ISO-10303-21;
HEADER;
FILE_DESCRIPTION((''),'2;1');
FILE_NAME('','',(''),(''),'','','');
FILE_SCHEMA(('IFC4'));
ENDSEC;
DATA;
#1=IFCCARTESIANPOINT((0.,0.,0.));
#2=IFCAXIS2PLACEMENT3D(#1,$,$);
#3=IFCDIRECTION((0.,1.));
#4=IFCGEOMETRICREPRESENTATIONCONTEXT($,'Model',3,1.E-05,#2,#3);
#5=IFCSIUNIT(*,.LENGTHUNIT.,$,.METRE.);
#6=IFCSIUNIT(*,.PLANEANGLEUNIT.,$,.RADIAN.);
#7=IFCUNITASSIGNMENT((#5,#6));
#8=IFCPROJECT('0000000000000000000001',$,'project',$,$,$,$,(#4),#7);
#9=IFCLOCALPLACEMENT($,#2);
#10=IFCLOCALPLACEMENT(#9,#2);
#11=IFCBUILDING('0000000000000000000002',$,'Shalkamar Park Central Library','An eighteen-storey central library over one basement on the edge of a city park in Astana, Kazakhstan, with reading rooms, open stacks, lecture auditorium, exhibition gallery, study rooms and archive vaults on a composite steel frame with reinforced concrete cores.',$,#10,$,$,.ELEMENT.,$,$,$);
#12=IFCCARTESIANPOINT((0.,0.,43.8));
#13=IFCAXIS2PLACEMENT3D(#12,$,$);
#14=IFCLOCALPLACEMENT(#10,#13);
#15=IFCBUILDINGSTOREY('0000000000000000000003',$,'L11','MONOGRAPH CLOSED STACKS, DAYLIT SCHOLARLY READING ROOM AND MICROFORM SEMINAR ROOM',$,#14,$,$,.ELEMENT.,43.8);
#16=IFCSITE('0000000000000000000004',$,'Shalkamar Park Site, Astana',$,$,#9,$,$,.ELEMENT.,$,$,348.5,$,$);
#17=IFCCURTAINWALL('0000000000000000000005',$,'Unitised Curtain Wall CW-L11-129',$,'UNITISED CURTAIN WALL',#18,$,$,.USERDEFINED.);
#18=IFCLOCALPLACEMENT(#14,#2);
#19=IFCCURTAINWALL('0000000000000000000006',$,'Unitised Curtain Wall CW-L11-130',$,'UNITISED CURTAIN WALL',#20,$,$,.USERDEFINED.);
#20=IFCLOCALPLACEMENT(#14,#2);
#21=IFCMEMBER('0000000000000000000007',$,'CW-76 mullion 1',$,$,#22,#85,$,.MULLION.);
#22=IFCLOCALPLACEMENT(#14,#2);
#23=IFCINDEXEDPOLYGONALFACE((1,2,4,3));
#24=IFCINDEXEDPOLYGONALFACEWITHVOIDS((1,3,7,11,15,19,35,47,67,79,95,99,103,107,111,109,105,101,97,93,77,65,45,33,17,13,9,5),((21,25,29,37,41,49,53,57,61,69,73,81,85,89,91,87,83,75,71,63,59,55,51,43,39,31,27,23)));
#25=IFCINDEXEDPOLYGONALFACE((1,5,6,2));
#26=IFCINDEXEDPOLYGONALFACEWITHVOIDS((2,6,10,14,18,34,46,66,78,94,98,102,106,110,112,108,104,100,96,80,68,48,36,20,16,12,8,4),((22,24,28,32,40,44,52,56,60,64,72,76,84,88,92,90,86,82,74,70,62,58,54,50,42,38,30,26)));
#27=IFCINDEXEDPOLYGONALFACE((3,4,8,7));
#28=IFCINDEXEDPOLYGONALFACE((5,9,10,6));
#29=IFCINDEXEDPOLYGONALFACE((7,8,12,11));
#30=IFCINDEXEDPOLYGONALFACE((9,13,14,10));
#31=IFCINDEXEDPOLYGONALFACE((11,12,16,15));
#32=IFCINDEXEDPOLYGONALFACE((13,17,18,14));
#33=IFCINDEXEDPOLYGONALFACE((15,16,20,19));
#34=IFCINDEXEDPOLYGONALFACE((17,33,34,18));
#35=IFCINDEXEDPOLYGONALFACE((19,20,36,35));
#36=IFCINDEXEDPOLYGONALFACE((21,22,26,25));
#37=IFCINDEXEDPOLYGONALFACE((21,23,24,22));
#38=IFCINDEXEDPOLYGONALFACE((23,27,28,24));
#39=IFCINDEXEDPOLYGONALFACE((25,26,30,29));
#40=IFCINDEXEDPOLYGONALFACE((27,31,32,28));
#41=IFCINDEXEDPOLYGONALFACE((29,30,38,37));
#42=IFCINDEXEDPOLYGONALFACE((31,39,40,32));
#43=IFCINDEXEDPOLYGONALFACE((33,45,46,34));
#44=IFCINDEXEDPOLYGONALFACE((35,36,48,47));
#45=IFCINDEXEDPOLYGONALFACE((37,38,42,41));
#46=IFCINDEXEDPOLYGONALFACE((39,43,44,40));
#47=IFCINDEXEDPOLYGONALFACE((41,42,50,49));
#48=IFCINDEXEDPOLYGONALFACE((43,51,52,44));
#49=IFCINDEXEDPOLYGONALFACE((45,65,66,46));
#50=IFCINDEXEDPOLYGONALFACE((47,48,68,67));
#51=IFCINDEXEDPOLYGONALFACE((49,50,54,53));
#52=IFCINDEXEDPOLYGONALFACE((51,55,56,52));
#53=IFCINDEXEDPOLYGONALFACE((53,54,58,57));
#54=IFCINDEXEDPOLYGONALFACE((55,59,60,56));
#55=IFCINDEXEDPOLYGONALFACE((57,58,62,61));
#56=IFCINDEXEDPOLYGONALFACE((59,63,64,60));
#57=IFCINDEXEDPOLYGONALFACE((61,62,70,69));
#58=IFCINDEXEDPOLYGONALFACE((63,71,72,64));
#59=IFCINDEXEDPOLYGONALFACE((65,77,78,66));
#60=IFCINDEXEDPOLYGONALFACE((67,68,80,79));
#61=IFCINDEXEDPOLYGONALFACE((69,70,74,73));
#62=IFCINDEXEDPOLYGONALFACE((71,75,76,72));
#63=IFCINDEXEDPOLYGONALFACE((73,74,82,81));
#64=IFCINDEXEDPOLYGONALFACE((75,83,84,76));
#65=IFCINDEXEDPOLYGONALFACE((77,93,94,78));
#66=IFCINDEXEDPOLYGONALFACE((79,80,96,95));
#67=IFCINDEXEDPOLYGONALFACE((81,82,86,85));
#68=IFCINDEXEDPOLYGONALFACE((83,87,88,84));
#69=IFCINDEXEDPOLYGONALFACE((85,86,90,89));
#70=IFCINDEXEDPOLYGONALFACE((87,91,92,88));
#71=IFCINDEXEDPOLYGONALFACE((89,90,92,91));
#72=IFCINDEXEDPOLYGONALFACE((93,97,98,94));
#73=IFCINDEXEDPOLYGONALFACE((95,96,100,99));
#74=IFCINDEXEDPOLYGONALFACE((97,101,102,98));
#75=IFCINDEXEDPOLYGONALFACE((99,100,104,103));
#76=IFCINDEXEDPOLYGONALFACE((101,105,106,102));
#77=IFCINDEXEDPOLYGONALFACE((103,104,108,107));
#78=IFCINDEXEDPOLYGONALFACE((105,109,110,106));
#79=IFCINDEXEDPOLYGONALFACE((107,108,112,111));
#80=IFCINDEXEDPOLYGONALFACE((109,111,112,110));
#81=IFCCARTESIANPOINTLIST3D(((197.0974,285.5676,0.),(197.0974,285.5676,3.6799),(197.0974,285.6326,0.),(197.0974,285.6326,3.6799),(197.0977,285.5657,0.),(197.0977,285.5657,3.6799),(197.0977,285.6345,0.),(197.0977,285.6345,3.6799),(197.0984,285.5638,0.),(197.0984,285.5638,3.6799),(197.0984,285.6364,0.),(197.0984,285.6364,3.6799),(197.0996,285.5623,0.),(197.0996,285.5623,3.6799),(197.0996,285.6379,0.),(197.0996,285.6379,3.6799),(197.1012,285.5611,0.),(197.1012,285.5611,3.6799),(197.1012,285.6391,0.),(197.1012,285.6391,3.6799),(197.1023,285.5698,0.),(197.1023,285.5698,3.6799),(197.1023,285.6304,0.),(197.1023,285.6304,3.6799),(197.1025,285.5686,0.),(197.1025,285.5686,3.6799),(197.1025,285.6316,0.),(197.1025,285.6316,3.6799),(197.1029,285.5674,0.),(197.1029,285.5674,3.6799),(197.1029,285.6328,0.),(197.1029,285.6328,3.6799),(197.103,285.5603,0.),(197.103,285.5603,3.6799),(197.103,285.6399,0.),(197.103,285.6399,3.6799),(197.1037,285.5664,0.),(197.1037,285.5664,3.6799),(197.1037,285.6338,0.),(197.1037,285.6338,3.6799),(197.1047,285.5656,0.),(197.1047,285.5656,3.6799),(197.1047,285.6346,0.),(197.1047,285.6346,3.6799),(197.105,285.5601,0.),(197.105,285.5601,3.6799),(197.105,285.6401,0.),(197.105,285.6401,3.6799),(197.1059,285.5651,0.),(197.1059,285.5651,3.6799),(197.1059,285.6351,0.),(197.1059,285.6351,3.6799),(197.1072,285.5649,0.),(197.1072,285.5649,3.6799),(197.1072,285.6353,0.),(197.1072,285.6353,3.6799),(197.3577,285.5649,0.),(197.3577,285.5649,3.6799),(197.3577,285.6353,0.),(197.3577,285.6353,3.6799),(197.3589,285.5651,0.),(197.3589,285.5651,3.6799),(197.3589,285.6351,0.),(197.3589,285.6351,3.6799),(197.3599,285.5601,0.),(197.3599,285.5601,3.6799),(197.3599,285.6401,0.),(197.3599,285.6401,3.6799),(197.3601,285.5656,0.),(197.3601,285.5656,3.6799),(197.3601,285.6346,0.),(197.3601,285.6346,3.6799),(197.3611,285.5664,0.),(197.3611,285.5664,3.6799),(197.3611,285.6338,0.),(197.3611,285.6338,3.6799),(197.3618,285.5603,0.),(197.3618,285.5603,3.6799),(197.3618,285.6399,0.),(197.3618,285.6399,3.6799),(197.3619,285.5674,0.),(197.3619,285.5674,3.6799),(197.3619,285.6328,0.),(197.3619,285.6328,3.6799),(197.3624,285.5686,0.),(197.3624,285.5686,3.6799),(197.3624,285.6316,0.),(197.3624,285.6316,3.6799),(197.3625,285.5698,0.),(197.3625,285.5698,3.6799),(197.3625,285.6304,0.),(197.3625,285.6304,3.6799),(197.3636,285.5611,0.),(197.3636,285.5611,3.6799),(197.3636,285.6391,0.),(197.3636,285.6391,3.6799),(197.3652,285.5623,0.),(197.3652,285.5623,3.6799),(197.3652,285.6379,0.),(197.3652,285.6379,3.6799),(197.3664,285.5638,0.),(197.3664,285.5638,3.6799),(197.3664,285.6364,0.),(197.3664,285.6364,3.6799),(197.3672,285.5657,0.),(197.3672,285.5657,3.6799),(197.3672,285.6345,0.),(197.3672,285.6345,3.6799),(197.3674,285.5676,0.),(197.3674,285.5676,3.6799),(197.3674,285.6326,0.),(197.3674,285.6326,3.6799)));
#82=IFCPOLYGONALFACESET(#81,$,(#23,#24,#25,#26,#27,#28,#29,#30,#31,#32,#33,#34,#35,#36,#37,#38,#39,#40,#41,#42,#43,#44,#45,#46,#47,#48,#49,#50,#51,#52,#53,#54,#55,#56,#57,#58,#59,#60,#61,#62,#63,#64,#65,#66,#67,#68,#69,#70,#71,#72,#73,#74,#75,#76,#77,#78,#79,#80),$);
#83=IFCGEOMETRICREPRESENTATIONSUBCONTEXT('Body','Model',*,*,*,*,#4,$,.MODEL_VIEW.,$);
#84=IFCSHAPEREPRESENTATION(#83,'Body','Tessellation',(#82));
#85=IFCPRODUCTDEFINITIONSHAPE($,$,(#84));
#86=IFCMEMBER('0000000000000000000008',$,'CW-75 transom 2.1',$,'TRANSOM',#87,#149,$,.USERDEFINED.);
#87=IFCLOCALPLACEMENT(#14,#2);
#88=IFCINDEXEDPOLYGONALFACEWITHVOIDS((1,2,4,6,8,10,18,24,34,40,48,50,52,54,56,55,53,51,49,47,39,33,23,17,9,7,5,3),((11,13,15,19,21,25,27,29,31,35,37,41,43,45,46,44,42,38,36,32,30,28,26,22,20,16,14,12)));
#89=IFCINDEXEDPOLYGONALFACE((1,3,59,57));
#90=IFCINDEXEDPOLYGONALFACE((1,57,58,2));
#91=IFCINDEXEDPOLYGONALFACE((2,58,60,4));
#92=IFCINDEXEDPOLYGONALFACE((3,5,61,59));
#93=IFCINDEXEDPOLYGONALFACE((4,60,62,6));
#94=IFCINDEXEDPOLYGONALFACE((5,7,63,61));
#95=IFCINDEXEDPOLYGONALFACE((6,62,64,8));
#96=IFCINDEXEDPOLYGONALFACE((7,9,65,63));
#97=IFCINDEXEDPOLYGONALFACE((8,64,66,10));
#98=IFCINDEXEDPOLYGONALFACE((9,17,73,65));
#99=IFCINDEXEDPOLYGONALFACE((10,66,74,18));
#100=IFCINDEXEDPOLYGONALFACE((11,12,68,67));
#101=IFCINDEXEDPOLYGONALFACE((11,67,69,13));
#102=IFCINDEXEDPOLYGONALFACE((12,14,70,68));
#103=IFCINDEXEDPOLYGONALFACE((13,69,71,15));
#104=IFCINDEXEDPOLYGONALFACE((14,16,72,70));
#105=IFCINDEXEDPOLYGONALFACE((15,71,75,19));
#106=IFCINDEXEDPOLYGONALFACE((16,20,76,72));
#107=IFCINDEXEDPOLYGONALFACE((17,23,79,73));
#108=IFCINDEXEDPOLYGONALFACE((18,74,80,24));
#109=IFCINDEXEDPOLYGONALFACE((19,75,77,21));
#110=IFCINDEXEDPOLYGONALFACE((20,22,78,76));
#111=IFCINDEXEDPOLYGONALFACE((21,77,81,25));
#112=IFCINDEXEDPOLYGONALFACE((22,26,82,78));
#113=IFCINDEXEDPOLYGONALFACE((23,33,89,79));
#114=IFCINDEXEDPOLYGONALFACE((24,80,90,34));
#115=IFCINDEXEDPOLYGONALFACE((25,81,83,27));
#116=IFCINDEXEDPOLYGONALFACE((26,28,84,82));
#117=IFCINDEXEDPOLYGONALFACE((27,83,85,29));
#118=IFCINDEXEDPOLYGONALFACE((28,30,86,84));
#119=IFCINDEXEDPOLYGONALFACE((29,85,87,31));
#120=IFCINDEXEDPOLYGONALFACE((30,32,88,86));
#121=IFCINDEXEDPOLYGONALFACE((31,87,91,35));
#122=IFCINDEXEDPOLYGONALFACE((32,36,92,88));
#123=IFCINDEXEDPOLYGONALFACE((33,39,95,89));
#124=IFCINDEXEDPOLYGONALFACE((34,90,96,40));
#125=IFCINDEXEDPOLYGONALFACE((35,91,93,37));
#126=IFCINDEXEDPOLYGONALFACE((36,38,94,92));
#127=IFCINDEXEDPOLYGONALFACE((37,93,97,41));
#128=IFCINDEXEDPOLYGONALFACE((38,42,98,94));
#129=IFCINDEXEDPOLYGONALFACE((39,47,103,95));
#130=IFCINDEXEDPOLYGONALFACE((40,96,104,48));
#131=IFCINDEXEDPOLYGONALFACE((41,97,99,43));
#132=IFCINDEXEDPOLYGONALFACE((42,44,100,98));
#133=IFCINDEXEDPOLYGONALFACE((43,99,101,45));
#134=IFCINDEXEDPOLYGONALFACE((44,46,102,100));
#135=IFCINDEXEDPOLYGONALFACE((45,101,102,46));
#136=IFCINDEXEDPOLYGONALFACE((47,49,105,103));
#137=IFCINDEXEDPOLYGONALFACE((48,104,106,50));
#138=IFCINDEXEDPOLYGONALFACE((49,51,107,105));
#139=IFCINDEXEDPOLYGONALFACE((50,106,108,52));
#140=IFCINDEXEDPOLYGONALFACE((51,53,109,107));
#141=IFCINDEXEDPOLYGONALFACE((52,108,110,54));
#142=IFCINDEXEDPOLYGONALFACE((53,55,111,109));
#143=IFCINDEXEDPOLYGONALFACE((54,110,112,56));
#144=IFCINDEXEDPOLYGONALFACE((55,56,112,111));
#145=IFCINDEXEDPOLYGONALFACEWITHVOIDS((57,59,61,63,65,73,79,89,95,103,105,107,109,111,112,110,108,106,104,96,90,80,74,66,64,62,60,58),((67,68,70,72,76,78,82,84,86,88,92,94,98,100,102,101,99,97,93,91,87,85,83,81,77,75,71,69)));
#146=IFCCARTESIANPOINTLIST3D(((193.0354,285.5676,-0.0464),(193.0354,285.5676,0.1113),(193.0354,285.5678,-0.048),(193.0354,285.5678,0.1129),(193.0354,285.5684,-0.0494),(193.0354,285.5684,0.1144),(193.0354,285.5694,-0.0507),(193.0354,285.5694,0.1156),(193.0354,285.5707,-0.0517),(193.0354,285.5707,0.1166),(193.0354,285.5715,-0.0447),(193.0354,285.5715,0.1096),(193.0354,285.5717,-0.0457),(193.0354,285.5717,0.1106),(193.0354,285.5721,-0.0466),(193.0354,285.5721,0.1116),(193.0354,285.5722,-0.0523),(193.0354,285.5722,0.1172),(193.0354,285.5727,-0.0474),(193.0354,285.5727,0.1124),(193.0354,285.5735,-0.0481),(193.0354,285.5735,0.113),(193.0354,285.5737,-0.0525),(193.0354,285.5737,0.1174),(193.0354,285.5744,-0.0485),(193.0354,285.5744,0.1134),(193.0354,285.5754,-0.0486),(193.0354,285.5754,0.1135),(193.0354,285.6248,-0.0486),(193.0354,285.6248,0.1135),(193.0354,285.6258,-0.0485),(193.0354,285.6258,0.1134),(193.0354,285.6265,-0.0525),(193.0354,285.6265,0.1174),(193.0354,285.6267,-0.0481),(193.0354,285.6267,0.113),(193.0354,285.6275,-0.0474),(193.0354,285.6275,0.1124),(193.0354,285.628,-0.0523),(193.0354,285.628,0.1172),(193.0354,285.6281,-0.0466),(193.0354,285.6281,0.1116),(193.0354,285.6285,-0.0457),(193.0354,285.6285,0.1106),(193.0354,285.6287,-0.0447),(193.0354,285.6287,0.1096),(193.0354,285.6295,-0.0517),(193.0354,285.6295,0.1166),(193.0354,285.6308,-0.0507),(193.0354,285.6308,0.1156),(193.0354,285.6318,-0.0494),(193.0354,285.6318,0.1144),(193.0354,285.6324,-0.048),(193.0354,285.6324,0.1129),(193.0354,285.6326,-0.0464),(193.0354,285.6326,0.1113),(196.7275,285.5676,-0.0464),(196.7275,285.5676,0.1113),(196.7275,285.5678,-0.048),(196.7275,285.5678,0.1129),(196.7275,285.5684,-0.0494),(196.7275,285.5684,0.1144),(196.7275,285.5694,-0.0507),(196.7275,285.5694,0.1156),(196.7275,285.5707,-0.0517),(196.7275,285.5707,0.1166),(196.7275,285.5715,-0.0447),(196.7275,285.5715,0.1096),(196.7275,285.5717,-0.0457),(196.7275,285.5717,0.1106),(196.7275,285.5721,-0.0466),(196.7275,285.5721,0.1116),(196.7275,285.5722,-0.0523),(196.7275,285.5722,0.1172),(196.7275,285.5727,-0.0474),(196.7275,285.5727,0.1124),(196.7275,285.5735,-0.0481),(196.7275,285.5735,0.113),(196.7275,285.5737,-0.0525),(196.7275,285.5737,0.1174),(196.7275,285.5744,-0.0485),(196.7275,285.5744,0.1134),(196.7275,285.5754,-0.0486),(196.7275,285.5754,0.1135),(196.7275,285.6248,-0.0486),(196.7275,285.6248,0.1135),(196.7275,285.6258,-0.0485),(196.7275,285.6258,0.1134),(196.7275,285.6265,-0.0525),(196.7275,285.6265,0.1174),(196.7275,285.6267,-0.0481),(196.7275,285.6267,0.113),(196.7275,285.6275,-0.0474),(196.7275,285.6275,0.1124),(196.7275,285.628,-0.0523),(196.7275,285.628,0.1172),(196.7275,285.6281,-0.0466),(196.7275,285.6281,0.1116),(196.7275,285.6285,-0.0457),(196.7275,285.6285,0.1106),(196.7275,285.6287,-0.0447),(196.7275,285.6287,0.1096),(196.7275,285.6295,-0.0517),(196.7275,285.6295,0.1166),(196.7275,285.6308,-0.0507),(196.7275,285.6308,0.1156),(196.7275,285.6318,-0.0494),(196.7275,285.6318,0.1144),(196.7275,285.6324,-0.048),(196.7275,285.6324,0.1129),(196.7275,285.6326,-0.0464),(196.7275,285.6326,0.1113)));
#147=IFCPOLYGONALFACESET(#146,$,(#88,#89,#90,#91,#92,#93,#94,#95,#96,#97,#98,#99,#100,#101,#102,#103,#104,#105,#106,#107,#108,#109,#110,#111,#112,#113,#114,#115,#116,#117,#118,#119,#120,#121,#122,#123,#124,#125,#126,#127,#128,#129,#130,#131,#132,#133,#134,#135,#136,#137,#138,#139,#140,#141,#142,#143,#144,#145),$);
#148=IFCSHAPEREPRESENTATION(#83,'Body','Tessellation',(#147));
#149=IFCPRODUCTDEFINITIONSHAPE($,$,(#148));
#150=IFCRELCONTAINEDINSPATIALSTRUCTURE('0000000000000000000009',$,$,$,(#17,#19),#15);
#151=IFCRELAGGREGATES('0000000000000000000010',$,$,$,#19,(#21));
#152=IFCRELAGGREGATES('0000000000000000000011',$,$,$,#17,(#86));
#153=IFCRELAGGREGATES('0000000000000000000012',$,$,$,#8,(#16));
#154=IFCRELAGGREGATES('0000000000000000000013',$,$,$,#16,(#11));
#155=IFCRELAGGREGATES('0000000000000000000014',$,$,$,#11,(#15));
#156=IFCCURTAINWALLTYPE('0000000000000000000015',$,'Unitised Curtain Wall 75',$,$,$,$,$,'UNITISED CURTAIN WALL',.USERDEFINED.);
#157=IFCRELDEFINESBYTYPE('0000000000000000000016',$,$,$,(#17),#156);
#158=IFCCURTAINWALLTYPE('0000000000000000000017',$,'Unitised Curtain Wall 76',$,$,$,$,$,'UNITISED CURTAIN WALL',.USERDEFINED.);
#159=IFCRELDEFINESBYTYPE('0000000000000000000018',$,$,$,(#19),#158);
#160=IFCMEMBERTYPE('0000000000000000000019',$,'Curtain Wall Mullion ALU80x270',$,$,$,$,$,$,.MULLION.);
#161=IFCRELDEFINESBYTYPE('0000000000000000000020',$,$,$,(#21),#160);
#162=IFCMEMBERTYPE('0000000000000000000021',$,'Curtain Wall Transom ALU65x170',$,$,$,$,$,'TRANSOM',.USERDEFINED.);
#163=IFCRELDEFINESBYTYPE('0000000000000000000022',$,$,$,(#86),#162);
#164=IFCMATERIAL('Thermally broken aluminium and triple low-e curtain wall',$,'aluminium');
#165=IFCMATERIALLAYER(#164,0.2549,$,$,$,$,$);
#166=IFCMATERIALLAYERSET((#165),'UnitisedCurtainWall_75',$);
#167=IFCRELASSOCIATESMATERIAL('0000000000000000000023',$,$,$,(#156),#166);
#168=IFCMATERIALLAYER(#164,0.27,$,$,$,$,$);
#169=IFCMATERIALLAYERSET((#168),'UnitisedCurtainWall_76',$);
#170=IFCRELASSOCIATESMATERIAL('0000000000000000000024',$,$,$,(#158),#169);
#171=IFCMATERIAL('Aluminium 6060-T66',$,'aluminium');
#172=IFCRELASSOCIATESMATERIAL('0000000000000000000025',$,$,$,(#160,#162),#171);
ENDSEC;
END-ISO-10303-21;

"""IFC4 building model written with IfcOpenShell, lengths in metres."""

from ifc_helpers import new_model, si_unit, direction, frame, origin, origin_2d, place, context, subcontext, project, spatial, hollow_rectangle, extrude, material, layer, layer_set, material_profile, profile_set, type_object, element, aggregate, save


model = new_model("IFC4")

# Units and contexts
model_context = context("Model", 3, precision=1e-05, world=origin(), true_north=direction((0.0, 1.0)))
body_context = subcontext(model_context, "Body", "Model", "MODEL_VIEW")
ifc_project = project(units=[si_unit("LENGTHUNIT", "METRE"), si_unit("PLANEANGLEUNIT", "RADIAN")], contexts=[model_context])

# Site, building, storey
site_placement = place(None, origin())
site = spatial("IfcSite", under=ifc_project, at=site_placement, Name="Shalkamar Park Site, Astana", CompositionType="ELEMENT", RefElevation=348.5)
building_placement = place(site_placement, origin())
building = spatial("IfcBuilding", under=site, at=building_placement, Name="Shalkamar Park Central Library", Description="An eighteen-storey central library over one basement on the edge of a city park in Astana, Kazakhstan, with reading rooms, open stacks, lecture auditorium, exhibition gallery, study rooms and archive vaults on a composite steel frame with reinforced concrete cores.", CompositionType="ELEMENT")
storey_placement = place(building_placement, frame((0.0, 0.0, 43.8)))
storey = spatial("IfcBuildingStorey", under=building, at=storey_placement, Name="L11", Description="MONOGRAPH CLOSED STACKS, DAYLIT SCHOLARLY READING ROOM AND MICROFORM SEMINAR ROOM", CompositionType="ELEMENT", Elevation=43.8)

# Curtain walls, member
ifc_material_1 = material(Name="Thermally broken aluminium and triple low-e curtain wall", Category="aluminium")
ifc_layer_1 = layer(ifc_material_1, 0.2549)
ifc_layer_set_1 = layer_set([ifc_layer_1], Name="UnitisedCurtainWall_75")
curtain_wall_type_1 = type_object("IfcCurtainWallType", Name="Unitised Curtain Wall 75", ElementType="UNITISED CURTAIN WALL", PredefinedType="USERDEFINED", material=ifc_layer_set_1)
curtain_wall_1_placement = place(storey_placement, origin())
curtain_wall_1 = element("IfcCurtainWall", 1, at=curtain_wall_1_placement, inside=storey, type_object=curtain_wall_type_1, Name="Unitised Curtain Wall CW-L11-129", ObjectType="UNITISED CURTAIN WALL", PredefinedType="USERDEFINED")
ifc_material_2 = material(Name="Aluminium 6060-T66", Category="aluminium")
ifc_layer_2 = layer(ifc_material_1, 0.27)
ifc_layer_set_2 = layer_set([ifc_layer_2], Name="UnitisedCurtainWall_76")
curtain_wall_type_2 = type_object("IfcCurtainWallType", Name="Unitised Curtain Wall 76", ElementType="UNITISED CURTAIN WALL", PredefinedType="USERDEFINED", material=ifc_layer_set_2)
curtain_wall_2_placement = place(storey_placement, origin())
curtain_wall_2 = element("IfcCurtainWall", 2, at=curtain_wall_2_placement, inside=storey, type_object=curtain_wall_type_2, Name="Unitised Curtain Wall CW-L11-130", ObjectType="UNITISED CURTAIN WALL", PredefinedType="USERDEFINED")
ifc_material_profile_1 = material_profile(ifc_material_2, hollow_rectangle(XDim=0.0801, YDim=0.27, WallThickness=0.0049, InnerFilletRadius=0.0049, OuterFilletRadius=0.0076, at=origin_2d()), Name="ALU 80x270x5")
ifc_profile_set_1 = profile_set([ifc_material_profile_1], Name="Aluminium 6060-T66")
member_type_1 = type_object("IfcMemberType", Name="Curtain Wall Mullion ALU80x270", PredefinedType="MULLION", material=ifc_profile_set_1)
member_1_placement = place(storey_placement, frame((197.2324, 285.6001, 0.0), z_axis=(0.0, 0.0, 1.0), x_axis=(0.0, 1.0, 0.0)))
member_1 = element("IfcMember", 3, at=member_1_placement, type_object=member_type_1, Name="CW-76 mullion 1", PredefinedType="MULLION", context=body_context, shape_type="SweptSolid", body=[
    extrude(hollow_rectangle(XDim=0.0801, YDim=0.27, WallThickness=0.0049, InnerFilletRadius=0.0049, OuterFilletRadius=0.0076, at=origin_2d()), origin(), (0.0, 0.0, 1.0), 3.6799),
])

# Member
ifc_material_profile_2 = material_profile(ifc_material_2, hollow_rectangle(XDim=0.0649, YDim=0.1699, WallThickness=0.0039, InnerFilletRadius=0.0039, OuterFilletRadius=0.0061, at=origin_2d()), Name="ALU 65x170x4")
ifc_profile_set_2 = profile_set([ifc_material_profile_2], Name="Aluminium 6060-T66")
member_type_2 = type_object("IfcMemberType", Name="Curtain Wall Transom ALU65x170", ElementType="TRANSOM", PredefinedType="USERDEFINED", material=ifc_profile_set_2)
member_2_placement = place(storey_placement, frame((193.0354, 285.6001, 0.0325), z_axis=(1.0, 0.0, 0.0), x_axis=(0.0, 1.0, 0.0)))
member_2 = element("IfcMember", 4, at=member_2_placement, type_object=member_type_2, Name="CW-75 transom 2.1", ObjectType="TRANSOM", PredefinedType="USERDEFINED", context=body_context, shape_type="SweptSolid", body=[
    extrude(hollow_rectangle(XDim=0.0649, YDim=0.1699, WallThickness=0.0039, InnerFilletRadius=0.0039, OuterFilletRadius=0.0061, at=origin_2d()), origin(), (0.0, 0.0, 1.0), 3.6921),
])

aggregate(curtain_wall_2, [member_1])
aggregate(curtain_wall_1, [member_2])

save(model, "model.ifc")
